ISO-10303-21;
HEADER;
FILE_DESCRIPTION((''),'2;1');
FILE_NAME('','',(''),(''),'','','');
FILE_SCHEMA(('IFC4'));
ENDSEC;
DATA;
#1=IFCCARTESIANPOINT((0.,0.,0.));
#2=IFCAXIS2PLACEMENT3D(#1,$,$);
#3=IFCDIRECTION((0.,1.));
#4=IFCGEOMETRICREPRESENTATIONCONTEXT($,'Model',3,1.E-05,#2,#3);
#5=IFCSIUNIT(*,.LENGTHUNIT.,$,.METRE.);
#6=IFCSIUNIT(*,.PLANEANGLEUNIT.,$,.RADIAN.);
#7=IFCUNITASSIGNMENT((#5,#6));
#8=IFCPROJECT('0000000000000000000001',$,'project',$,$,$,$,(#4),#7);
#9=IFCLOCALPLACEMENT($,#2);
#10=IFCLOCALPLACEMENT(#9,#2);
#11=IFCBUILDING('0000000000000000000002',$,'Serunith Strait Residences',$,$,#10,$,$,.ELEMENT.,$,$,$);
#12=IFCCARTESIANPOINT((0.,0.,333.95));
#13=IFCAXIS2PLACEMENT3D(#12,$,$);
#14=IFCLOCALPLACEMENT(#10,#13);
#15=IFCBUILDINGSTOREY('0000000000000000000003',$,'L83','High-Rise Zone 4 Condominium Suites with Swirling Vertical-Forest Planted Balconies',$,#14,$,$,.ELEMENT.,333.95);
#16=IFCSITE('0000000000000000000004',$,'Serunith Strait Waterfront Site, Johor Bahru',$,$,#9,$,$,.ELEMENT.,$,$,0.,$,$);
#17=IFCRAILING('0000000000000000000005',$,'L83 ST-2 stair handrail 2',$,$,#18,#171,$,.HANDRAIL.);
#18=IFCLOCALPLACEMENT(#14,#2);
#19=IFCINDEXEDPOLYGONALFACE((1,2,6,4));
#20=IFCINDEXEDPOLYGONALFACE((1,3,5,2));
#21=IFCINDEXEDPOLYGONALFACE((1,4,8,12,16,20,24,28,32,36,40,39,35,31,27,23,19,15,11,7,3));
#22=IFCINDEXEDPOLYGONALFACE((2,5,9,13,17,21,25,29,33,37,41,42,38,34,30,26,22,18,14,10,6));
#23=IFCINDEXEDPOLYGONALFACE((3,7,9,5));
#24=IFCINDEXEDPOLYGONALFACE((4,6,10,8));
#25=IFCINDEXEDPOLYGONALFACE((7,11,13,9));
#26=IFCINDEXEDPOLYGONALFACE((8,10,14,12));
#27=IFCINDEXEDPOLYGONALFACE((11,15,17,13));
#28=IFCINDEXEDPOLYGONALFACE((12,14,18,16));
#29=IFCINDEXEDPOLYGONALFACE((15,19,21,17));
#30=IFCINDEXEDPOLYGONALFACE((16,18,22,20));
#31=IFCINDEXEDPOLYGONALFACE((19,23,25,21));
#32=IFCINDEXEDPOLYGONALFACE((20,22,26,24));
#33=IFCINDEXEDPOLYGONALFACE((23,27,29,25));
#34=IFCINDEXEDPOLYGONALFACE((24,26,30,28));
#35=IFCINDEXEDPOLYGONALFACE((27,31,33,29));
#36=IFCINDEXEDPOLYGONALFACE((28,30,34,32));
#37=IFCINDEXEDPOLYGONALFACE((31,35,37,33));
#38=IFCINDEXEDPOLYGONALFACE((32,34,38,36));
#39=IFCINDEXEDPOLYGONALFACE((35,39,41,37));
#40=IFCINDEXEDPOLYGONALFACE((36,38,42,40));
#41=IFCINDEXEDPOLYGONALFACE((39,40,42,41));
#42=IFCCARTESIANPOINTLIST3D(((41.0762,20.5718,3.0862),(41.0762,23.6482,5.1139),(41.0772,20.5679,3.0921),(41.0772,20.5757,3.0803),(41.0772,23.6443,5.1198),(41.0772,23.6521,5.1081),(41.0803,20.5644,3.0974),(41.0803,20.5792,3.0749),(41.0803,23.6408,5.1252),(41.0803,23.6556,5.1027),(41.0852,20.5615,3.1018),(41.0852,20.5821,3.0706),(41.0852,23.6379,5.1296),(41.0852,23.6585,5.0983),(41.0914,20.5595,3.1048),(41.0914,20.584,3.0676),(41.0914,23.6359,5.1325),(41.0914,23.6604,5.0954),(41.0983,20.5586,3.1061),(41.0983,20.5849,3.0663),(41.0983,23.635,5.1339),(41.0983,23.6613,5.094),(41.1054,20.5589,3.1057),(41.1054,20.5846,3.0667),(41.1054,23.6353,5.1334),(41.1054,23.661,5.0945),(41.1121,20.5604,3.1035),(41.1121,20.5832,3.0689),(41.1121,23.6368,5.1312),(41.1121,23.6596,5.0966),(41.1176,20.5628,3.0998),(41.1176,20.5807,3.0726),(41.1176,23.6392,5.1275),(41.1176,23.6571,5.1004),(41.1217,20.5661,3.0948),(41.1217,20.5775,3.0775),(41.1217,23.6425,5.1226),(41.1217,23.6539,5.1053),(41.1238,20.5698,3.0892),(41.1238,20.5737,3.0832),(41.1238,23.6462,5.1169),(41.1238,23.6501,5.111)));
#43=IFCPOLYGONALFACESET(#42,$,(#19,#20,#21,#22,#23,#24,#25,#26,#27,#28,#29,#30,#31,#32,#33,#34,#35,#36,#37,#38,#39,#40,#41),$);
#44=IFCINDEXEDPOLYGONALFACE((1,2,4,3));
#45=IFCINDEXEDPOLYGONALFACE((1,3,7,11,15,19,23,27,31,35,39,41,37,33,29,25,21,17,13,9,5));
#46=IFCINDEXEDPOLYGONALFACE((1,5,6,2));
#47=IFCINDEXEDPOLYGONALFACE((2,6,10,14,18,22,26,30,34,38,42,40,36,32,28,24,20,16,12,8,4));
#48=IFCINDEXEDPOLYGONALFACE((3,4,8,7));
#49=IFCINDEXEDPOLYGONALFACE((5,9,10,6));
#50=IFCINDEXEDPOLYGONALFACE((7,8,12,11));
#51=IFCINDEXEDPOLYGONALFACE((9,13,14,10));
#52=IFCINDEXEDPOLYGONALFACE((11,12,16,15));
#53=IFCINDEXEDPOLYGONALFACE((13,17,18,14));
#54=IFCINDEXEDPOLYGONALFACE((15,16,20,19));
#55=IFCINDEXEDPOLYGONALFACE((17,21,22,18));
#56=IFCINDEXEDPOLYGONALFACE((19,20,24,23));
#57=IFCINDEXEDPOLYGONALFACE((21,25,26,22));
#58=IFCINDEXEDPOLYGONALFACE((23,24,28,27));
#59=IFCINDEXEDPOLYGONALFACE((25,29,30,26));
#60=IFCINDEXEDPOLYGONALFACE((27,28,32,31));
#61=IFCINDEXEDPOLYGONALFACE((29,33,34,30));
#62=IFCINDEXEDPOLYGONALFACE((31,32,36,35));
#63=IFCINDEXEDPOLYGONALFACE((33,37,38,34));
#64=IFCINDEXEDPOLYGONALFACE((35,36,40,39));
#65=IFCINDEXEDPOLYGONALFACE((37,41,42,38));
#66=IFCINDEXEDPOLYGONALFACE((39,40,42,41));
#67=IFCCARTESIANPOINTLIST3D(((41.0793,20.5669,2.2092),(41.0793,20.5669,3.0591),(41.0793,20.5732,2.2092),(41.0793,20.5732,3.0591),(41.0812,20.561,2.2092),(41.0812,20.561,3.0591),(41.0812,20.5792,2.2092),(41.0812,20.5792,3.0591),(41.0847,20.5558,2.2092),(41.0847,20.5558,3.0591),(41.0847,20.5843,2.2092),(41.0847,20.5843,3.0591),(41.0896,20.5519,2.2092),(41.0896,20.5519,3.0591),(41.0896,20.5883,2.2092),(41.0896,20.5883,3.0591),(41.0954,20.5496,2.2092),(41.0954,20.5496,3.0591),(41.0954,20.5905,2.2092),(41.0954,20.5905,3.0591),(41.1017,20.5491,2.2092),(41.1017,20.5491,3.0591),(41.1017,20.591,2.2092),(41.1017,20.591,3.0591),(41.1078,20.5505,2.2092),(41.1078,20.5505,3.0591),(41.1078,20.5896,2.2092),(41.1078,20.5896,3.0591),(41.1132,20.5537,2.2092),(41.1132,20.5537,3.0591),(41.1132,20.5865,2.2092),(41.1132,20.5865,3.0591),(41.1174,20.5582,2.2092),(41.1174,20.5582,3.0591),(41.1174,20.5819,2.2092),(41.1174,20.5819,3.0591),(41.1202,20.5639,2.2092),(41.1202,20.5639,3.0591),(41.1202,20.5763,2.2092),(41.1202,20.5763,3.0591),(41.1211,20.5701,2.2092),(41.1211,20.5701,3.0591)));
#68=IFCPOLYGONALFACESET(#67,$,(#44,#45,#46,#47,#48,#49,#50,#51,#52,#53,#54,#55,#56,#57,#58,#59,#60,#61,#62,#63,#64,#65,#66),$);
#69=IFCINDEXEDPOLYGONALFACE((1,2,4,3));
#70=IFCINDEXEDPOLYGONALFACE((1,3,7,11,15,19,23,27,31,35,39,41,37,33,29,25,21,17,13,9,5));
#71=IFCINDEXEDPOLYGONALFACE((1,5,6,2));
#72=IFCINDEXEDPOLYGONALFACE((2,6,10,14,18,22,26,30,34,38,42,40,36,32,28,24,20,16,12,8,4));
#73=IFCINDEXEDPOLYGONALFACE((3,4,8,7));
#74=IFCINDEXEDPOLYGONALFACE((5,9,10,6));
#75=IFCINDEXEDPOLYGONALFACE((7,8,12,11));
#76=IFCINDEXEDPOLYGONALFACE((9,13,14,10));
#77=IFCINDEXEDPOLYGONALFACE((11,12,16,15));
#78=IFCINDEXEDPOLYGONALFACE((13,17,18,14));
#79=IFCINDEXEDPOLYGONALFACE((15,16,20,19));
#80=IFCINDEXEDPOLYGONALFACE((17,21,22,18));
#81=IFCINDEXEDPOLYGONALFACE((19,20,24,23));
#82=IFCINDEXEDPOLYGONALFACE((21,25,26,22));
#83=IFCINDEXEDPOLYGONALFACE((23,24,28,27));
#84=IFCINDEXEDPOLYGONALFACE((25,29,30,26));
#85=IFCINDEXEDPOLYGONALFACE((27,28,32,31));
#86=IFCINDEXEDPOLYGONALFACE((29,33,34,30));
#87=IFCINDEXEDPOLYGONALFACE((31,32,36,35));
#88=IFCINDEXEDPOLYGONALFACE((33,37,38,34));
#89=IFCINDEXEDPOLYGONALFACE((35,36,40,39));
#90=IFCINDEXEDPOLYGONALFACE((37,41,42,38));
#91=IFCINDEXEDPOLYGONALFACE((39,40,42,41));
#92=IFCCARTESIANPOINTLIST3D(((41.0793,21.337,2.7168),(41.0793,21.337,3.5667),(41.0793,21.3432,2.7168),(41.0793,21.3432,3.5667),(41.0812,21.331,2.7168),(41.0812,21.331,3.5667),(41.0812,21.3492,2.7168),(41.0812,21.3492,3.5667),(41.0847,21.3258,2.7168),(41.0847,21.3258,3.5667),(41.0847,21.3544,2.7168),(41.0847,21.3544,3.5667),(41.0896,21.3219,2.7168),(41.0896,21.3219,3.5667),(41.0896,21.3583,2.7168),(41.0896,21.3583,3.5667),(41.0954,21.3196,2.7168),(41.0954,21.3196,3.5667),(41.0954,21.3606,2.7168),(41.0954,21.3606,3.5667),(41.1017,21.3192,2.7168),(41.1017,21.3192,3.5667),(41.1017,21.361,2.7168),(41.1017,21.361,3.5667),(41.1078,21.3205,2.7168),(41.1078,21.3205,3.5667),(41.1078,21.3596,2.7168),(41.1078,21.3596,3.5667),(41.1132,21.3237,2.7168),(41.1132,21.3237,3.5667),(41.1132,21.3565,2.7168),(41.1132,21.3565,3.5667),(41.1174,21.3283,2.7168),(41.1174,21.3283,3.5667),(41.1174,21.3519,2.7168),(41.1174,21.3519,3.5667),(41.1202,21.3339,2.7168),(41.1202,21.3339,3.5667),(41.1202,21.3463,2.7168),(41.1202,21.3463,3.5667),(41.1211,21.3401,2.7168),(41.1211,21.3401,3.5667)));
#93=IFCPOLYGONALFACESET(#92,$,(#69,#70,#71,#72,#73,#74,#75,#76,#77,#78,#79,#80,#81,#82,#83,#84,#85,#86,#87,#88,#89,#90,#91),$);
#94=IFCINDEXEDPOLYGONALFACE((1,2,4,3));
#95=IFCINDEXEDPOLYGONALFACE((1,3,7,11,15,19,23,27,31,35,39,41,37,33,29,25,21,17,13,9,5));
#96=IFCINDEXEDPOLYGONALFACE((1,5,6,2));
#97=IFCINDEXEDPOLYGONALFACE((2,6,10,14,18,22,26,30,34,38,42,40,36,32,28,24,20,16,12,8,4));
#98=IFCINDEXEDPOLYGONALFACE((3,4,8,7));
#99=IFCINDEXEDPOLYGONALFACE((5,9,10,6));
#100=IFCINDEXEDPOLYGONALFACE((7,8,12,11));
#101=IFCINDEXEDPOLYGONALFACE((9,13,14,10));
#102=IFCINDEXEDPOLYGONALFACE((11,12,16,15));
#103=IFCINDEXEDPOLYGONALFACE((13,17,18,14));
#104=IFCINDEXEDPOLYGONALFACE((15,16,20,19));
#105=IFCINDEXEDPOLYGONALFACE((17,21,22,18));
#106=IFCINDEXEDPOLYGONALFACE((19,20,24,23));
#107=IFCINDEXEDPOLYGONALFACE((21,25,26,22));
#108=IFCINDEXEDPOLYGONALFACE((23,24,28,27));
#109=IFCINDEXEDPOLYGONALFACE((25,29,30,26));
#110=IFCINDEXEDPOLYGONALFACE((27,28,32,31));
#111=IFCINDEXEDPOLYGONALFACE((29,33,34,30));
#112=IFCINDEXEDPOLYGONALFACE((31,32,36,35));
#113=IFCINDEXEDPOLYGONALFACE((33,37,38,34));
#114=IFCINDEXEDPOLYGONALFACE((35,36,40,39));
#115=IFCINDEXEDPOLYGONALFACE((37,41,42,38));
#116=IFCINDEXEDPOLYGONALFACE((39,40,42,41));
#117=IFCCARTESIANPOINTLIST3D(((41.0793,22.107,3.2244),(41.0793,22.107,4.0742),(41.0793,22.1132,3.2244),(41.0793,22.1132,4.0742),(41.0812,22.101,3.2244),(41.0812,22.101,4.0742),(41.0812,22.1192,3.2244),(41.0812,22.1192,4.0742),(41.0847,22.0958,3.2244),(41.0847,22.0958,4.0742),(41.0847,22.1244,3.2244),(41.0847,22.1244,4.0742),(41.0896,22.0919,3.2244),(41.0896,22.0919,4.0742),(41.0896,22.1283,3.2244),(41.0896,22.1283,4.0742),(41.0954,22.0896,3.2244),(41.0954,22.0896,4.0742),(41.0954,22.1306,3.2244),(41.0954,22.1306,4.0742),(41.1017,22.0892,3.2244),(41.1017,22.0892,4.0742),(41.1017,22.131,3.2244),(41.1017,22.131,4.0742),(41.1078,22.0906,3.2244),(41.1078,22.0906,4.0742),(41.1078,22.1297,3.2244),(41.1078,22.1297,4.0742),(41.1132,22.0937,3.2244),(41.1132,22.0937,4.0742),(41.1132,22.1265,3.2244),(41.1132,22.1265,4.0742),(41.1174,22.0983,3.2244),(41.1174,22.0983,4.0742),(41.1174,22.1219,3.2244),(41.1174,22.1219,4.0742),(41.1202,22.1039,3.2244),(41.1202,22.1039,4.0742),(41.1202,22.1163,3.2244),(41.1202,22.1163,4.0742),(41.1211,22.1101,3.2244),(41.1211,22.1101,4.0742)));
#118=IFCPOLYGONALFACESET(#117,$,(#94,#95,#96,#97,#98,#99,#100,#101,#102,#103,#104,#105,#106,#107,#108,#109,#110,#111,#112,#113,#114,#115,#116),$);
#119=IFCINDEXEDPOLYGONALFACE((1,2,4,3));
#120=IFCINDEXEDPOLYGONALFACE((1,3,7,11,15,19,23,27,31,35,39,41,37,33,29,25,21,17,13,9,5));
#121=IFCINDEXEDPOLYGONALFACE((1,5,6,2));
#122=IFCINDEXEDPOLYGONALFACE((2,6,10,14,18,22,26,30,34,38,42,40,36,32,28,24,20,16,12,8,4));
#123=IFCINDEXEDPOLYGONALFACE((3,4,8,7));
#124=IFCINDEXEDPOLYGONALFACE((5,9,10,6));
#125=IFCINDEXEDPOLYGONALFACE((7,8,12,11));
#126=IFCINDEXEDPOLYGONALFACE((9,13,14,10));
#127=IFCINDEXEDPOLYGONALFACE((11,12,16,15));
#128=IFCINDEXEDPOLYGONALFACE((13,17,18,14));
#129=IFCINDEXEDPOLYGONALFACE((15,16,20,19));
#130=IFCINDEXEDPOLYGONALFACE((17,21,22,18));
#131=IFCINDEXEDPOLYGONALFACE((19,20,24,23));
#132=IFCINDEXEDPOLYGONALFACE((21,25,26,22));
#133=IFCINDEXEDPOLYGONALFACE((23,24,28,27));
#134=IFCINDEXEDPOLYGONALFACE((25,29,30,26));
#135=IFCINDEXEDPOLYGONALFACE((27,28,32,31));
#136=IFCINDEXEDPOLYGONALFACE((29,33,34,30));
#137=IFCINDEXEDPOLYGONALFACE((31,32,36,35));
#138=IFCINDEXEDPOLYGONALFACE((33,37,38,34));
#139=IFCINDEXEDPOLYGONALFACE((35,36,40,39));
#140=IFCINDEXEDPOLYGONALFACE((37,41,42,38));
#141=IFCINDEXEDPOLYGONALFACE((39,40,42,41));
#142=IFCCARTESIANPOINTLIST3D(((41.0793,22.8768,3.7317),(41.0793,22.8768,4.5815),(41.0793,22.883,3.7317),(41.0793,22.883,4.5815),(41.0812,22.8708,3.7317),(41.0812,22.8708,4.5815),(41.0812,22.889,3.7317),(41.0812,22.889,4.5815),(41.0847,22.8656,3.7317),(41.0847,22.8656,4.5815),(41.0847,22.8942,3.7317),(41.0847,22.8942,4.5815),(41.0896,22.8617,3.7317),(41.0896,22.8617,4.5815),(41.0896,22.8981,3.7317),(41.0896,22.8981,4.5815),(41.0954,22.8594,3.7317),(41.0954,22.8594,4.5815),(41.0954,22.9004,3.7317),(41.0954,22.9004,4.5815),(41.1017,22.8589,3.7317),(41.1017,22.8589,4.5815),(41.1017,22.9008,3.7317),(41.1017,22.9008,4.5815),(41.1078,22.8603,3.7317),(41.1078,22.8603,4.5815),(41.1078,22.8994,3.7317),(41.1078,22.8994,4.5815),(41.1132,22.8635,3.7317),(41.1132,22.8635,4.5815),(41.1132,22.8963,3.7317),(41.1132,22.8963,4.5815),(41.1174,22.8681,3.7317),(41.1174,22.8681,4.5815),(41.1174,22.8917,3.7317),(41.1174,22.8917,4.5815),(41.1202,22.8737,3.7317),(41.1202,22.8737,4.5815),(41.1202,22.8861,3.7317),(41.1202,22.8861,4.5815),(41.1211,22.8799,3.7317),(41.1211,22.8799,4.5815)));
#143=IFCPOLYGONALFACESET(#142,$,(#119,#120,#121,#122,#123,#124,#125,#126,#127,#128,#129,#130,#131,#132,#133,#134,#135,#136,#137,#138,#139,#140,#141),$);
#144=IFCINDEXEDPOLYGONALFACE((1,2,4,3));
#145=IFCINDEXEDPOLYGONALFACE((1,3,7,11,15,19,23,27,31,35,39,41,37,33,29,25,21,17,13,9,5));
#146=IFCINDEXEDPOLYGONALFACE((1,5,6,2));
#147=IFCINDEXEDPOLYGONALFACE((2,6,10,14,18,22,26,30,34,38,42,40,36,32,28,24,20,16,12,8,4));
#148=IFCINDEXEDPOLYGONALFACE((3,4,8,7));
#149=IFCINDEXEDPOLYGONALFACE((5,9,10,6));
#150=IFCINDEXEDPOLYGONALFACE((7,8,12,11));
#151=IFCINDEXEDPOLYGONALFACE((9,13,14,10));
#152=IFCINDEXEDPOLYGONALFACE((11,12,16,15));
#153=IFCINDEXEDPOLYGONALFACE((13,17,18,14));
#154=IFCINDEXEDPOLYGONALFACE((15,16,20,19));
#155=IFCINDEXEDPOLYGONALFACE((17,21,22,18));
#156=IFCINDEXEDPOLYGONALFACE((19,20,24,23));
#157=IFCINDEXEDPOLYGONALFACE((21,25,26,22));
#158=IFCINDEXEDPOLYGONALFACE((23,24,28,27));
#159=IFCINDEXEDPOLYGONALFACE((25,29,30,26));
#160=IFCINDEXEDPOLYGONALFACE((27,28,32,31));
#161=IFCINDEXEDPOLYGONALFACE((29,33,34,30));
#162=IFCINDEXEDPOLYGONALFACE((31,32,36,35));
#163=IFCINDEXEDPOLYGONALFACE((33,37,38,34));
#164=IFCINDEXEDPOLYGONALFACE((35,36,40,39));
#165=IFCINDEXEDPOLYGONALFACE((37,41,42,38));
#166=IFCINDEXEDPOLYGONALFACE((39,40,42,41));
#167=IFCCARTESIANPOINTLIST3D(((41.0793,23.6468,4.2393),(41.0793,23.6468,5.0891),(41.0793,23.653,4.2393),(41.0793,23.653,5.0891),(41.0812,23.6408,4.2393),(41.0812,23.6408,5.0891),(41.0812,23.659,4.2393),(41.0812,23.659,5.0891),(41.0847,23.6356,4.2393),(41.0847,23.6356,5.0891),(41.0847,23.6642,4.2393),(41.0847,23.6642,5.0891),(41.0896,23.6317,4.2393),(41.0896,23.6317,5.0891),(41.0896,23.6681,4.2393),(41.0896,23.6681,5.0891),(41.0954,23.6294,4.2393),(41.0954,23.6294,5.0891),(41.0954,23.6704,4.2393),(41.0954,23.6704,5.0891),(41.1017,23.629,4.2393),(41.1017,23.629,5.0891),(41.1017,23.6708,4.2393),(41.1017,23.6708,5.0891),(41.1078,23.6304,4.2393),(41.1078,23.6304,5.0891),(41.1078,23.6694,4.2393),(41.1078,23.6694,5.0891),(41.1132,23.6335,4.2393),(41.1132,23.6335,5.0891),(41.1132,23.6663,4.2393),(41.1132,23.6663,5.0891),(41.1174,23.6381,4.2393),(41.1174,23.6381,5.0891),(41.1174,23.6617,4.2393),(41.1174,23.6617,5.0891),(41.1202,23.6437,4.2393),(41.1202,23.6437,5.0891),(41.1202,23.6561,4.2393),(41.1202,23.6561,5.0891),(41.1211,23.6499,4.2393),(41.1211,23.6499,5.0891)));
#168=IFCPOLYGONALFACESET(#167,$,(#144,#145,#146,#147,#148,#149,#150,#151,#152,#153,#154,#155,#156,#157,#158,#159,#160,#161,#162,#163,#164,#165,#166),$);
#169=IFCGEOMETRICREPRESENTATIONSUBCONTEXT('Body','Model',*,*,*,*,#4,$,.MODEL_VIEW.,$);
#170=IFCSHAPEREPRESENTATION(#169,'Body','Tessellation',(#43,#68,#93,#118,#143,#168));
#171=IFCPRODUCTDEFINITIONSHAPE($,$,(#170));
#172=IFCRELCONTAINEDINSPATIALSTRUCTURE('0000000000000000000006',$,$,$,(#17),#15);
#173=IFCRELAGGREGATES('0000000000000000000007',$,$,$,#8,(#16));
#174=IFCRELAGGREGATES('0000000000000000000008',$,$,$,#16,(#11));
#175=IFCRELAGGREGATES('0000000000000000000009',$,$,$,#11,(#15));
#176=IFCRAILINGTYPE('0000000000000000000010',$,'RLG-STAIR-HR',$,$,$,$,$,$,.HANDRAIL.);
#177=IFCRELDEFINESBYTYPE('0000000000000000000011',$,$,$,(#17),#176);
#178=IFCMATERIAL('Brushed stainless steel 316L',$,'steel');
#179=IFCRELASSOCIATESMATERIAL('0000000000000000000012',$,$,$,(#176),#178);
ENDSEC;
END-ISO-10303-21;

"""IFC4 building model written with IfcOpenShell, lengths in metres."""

from ifc_helpers import new_model, si_unit, direction, frame, origin, origin_2d, place, context, subcontext, project, spatial, circle, extrude, material, type_object, element, save


model = new_model("IFC4")

# Units and contexts
model_context = context("Model", 3, precision=1e-05, world=origin(), true_north=direction((0.0, 1.0)))
body_context = subcontext(model_context, "Body", "Model", "MODEL_VIEW")
ifc_project = project(units=[si_unit("LENGTHUNIT", "METRE"), si_unit("PLANEANGLEUNIT", "RADIAN")], contexts=[model_context])

# Site, building, storey
site_placement = place(None, origin())
site = spatial("IfcSite", under=ifc_project, at=site_placement, Name="Serunith Strait Waterfront Site, Johor Bahru", CompositionType="ELEMENT", RefElevation=0.0)
building_placement = place(site_placement, origin())
building = spatial("IfcBuilding", under=site, at=building_placement, Name="Serunith Strait Residences", CompositionType="ELEMENT")
storey_placement = place(building_placement, frame((0.0, 0.0, 333.95)))
storey = spatial("IfcBuildingStorey", under=building, at=storey_placement, Name="L83", Description="High-Rise Zone 4 Condominium Suites with Swirling Vertical-Forest Planted Balconies", CompositionType="ELEMENT", Elevation=333.95)

# Railing
ifc_material_1 = material(Name="Brushed stainless steel 316L", Category="steel")
railing_type_1 = type_object("IfcRailingType", Name="RLG-STAIR-HR", PredefinedType="HANDRAIL", material=ifc_material_1)
railing_1_placement = place(storey_placement, frame((41.1001, 20.5701, 2.2092)))
element("IfcRailing", 1, at=railing_1_placement, inside=storey, type_object=railing_type_1, Name="L83 ST-2 stair handrail 2", PredefinedType="HANDRAIL", context=body_context, shape_type="SweptSolid", body=[
    extrude(circle(Radius=0.0239, at=origin_2d()), frame((0.0, 0.0017, 0.877), z_axis=(0.0, 0.834941, 0.55034), x_axis=(-1.0, 0.0, 0.0)), (0.0, 0.0, 1.0), 3.6846),
    extrude(circle(Radius=0.021, at=origin_2d()), origin(), (0.0, 0.0, 1.0), 0.8499),
    extrude(circle(Radius=0.021, at=origin_2d()), frame((0.0, 0.77, 0.5076)), (0.0, 0.0, 1.0), 0.8499),
    extrude(circle(Radius=0.021, at=origin_2d()), frame((0.0, 1.54, 1.0151)), (0.0, 0.0, 1.0), 0.8499),
    extrude(circle(Radius=0.021, at=origin_2d()), frame((0.0, 2.3098, 1.5225)), (0.0, 0.0, 1.0), 0.8499),
    extrude(circle(Radius=0.021, at=origin_2d()), frame((0.0, 3.0798, 2.03)), (0.0, 0.0, 1.0), 0.8499),
])

save(model, "model.ifc")
